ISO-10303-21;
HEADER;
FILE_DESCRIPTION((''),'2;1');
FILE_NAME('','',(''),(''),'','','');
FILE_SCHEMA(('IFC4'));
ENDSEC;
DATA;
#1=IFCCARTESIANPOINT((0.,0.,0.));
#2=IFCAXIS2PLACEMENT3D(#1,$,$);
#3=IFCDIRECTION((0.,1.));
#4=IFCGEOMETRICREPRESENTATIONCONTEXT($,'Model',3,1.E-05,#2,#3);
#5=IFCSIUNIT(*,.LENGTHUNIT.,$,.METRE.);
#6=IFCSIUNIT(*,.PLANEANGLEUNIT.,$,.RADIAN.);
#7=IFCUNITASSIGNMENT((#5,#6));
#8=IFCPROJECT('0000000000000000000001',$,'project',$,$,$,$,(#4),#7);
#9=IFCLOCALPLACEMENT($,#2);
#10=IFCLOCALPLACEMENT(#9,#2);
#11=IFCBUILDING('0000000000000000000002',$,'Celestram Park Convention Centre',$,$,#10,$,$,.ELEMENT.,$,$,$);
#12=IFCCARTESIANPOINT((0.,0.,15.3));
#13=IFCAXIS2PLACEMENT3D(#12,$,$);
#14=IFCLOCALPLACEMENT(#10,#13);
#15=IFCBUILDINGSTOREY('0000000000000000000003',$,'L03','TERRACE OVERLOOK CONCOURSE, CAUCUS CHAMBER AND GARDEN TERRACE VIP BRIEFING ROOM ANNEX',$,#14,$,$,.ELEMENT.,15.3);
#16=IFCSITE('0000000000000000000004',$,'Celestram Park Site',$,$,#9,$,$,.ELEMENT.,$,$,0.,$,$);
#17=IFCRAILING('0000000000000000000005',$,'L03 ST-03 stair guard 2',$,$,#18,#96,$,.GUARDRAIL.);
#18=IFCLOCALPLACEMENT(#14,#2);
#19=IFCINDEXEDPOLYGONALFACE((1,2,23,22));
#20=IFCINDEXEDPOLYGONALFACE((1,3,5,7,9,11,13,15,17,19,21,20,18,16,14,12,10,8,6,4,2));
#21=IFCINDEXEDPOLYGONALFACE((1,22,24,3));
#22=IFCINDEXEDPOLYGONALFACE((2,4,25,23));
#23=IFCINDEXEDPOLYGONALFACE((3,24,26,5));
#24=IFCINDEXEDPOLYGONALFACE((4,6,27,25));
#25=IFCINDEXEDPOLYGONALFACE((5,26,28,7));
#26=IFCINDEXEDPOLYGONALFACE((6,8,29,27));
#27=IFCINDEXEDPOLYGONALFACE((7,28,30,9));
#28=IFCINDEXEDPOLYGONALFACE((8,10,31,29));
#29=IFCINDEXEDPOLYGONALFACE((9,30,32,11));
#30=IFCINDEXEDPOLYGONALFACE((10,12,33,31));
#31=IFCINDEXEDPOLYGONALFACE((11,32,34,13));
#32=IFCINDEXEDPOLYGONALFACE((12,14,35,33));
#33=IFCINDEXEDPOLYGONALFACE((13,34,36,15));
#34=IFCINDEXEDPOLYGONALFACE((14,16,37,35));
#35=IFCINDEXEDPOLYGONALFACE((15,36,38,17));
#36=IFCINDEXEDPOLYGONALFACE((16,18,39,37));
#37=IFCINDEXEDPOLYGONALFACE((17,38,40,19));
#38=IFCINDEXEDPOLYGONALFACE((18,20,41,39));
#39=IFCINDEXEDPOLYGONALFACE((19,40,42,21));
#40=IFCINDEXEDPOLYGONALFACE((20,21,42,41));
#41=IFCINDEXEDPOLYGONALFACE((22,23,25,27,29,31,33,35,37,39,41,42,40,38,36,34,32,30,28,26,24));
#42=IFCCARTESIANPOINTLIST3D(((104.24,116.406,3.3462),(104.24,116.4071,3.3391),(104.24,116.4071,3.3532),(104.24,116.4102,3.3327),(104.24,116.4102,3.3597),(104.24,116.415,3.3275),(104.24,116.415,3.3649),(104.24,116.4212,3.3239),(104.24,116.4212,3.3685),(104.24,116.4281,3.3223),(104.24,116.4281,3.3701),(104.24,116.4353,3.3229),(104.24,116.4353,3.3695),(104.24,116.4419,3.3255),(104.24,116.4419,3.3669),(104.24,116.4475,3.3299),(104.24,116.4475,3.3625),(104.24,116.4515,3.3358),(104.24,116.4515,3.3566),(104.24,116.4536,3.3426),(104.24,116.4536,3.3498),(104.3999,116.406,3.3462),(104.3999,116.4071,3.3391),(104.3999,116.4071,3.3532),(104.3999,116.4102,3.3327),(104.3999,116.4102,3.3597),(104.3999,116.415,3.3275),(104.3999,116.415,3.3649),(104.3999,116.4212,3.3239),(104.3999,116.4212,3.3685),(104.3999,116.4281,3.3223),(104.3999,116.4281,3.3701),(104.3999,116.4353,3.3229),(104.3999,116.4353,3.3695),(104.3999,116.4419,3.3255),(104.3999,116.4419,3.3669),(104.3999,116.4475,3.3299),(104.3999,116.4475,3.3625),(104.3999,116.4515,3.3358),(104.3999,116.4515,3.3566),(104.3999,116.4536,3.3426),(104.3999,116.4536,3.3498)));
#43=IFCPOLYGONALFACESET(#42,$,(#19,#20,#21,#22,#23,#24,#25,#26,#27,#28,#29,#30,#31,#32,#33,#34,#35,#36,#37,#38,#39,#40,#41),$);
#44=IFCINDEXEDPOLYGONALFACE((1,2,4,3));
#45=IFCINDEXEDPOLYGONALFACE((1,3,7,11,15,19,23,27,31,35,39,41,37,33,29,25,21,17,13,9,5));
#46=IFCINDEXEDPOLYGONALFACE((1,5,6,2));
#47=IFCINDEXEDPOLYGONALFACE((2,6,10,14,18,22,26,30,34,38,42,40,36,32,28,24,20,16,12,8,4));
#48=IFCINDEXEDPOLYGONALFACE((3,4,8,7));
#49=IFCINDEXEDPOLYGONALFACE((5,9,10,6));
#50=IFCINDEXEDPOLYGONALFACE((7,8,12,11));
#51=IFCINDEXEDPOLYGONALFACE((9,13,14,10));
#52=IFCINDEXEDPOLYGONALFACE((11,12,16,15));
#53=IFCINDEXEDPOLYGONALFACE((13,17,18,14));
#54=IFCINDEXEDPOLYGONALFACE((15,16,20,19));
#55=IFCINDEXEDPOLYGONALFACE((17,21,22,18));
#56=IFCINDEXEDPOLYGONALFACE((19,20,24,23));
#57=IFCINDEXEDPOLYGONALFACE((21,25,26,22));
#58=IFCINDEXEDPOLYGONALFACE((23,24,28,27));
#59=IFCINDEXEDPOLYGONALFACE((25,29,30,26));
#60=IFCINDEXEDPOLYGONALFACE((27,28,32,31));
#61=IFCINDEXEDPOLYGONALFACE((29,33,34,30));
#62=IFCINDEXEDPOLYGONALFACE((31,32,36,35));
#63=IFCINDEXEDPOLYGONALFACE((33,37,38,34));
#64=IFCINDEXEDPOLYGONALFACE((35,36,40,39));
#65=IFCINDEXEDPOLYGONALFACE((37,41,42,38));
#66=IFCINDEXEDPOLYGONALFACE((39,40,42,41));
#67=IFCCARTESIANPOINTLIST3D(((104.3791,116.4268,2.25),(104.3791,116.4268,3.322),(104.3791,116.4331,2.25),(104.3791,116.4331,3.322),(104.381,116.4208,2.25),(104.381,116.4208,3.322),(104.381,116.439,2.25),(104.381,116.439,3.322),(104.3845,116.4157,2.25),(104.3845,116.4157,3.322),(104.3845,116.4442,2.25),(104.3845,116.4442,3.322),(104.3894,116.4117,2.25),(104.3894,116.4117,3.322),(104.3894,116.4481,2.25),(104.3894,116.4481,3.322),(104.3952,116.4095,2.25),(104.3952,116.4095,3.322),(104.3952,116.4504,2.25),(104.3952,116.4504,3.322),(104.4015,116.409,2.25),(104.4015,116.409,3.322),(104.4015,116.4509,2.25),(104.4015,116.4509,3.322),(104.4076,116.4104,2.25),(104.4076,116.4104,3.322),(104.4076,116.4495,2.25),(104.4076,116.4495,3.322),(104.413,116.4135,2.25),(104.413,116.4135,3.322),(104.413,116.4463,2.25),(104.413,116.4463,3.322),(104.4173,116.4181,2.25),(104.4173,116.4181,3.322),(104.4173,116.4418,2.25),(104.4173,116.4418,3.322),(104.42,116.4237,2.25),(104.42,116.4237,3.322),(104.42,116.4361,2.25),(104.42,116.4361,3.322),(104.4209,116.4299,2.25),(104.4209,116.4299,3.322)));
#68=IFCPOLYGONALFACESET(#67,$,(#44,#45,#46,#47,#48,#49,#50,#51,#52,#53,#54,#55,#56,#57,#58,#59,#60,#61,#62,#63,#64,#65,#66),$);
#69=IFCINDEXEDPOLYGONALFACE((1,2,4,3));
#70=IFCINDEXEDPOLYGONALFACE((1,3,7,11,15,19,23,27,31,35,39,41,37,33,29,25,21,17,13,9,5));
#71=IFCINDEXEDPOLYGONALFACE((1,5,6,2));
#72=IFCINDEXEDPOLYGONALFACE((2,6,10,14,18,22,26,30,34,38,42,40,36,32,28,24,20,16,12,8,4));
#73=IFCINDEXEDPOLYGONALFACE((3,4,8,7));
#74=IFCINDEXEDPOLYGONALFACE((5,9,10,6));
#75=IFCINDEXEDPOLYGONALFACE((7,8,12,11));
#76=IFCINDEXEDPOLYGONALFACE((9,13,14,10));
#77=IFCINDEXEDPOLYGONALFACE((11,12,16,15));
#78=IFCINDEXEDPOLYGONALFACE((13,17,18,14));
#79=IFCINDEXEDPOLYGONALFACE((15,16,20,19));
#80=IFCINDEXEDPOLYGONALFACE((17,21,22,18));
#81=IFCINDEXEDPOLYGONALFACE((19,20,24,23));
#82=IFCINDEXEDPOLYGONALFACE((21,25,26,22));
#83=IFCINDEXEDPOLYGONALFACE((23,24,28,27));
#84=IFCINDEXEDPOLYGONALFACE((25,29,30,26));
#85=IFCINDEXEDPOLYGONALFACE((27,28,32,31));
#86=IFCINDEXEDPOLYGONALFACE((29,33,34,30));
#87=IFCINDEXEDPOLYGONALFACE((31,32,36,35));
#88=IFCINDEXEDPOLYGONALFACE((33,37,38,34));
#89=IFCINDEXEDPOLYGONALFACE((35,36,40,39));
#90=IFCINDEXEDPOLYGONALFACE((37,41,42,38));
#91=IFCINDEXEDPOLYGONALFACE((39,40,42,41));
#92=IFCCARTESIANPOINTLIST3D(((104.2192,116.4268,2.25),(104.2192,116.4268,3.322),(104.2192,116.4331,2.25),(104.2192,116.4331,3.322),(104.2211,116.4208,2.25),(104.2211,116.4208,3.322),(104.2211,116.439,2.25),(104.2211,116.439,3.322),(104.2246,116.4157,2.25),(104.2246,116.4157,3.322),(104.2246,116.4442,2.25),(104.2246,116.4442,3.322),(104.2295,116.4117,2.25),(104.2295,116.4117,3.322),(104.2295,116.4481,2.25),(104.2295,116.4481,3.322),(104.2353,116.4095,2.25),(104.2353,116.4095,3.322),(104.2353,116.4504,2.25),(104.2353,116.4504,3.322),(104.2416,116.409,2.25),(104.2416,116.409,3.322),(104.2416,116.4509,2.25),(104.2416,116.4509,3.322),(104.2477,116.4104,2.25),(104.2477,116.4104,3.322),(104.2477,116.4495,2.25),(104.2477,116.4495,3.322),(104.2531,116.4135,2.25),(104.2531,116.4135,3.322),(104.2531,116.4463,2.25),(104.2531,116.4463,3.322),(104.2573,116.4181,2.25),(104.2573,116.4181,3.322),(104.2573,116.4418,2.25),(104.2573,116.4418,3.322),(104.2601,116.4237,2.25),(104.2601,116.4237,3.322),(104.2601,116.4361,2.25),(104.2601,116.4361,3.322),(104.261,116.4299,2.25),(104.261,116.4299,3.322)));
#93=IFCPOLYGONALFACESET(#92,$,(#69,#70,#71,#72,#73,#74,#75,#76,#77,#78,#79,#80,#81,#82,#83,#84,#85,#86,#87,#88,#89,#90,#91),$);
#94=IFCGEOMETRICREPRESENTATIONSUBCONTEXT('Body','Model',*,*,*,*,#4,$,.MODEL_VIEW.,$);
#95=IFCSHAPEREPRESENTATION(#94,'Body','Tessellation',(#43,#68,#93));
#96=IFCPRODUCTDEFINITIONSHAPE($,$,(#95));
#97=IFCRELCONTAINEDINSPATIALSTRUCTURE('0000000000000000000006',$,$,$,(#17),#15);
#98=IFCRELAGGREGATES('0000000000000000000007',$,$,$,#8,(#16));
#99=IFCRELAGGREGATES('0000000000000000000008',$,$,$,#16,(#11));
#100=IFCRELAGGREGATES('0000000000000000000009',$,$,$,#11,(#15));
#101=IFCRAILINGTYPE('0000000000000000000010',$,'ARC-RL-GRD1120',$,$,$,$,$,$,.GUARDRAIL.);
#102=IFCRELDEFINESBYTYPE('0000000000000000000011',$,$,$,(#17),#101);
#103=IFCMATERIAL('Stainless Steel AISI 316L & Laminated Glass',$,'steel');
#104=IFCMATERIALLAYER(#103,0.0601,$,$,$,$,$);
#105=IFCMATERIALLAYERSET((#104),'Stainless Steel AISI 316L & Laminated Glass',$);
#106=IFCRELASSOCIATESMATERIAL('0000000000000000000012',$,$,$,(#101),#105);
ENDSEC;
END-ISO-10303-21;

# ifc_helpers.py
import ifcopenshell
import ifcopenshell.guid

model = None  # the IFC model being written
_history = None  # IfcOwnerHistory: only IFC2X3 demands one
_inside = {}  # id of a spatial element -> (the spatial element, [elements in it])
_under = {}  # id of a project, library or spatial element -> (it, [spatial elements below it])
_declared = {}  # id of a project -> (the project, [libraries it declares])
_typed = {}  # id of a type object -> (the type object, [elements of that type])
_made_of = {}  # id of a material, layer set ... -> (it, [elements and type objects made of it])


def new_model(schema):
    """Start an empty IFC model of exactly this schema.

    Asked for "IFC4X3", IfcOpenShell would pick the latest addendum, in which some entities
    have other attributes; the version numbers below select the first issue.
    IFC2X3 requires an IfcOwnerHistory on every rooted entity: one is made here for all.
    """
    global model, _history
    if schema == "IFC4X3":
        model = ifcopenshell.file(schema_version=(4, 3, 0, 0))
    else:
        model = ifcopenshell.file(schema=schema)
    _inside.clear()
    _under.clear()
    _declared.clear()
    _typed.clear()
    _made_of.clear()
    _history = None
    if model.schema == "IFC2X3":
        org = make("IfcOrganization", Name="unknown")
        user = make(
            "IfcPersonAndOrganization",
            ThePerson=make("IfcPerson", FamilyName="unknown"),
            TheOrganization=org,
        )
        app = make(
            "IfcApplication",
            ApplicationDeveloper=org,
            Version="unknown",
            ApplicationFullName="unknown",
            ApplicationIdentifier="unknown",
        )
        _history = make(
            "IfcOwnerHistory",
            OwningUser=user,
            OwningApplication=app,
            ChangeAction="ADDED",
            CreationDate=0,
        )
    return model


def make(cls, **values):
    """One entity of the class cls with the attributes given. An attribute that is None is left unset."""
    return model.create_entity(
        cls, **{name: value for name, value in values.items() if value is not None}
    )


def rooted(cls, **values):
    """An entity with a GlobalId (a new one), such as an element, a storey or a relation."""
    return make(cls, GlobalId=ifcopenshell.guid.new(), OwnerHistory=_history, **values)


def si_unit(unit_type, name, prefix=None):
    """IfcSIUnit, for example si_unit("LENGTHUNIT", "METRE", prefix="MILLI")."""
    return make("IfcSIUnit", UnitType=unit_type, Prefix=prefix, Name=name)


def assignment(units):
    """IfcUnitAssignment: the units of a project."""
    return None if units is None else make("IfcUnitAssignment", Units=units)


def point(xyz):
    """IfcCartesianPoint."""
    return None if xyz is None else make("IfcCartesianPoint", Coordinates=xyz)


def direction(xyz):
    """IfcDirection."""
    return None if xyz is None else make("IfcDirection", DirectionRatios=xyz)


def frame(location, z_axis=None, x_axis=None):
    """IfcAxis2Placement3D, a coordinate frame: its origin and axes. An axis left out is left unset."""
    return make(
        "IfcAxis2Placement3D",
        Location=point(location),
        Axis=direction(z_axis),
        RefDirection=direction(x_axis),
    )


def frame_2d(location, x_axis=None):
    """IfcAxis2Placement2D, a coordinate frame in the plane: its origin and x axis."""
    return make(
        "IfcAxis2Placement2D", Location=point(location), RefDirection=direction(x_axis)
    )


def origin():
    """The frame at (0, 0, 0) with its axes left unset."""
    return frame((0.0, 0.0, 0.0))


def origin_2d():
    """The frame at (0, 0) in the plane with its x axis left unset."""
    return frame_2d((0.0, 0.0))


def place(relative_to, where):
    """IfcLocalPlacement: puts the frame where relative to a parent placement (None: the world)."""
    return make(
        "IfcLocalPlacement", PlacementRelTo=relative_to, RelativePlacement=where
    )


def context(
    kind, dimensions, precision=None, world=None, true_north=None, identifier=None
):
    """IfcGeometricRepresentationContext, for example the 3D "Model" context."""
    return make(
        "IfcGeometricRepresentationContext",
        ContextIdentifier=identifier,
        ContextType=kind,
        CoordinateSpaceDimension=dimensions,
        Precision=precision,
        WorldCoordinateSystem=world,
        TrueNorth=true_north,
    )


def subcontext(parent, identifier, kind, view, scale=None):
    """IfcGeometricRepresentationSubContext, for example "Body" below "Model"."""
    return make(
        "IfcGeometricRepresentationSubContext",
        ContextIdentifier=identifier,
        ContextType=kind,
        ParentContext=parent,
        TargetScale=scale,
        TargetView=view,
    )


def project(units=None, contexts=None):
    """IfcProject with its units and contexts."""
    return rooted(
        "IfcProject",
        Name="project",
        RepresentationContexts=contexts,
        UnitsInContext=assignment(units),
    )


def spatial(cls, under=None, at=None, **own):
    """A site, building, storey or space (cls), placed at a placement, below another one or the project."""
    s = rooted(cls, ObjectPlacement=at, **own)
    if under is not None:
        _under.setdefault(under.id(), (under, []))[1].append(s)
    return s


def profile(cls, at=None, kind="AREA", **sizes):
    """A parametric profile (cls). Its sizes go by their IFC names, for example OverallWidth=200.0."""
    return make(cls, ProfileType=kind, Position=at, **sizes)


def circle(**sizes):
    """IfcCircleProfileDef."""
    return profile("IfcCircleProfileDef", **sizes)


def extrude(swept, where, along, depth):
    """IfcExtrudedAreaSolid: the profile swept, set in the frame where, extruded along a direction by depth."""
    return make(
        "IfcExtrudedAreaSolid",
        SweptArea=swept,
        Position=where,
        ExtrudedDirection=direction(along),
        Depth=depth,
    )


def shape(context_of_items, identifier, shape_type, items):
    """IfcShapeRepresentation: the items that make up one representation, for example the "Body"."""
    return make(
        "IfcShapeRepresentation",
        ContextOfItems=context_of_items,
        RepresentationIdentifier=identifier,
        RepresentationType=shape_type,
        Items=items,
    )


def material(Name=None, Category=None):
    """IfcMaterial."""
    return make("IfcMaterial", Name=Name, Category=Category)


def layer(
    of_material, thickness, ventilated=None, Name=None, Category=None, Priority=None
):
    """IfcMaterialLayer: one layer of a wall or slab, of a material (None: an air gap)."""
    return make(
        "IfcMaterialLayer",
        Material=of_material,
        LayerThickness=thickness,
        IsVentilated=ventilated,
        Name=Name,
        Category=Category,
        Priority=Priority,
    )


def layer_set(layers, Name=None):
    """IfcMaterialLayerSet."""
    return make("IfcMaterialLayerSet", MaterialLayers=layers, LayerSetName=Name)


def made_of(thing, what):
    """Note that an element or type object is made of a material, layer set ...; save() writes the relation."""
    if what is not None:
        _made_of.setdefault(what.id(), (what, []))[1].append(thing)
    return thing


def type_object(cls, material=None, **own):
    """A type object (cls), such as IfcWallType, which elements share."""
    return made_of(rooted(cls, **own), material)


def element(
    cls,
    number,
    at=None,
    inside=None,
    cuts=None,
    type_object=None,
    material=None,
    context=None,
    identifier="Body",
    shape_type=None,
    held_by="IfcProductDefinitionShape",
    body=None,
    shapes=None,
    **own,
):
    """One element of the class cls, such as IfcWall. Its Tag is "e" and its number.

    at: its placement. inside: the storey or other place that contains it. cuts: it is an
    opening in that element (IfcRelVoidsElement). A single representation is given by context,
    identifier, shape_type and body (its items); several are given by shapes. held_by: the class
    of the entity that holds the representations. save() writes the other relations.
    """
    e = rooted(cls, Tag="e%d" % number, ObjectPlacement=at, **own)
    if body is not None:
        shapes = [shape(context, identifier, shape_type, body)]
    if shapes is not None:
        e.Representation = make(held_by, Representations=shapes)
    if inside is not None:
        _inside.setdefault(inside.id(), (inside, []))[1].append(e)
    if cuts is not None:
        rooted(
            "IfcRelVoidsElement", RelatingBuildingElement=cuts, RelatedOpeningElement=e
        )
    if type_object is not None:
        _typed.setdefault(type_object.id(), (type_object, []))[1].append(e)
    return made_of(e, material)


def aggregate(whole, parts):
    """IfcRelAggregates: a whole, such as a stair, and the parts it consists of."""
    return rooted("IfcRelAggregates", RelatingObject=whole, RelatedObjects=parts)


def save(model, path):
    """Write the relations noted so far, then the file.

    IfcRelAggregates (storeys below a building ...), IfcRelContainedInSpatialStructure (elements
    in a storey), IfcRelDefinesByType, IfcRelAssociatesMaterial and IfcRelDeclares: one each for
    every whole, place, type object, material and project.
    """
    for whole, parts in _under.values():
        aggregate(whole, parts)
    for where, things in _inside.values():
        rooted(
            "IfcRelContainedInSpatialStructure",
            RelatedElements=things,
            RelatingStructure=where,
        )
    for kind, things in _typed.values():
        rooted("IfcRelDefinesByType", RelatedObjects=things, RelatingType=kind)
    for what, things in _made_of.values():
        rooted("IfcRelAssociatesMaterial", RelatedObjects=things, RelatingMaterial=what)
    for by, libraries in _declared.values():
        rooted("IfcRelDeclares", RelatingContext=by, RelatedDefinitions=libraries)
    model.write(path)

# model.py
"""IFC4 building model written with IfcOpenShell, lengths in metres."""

from ifc_helpers import new_model, si_unit, direction, frame, origin, origin_2d, place, context, subcontext, project, spatial, circle, extrude, material, layer, layer_set, type_object, element, save


model = new_model("IFC4")

# Units and contexts
model_context = context("Model", 3, precision=1e-05, world=origin(), true_north=direction((0.0, 1.0)))
body_context = subcontext(model_context, "Body", "Model", "MODEL_VIEW")
ifc_project = project(units=[si_unit("LENGTHUNIT", "METRE"), si_unit("PLANEANGLEUNIT", "RADIAN")], contexts=[model_context])

# Site, building, storey
site_placement = place(None, origin())
site = spatial("IfcSite", under=ifc_project, at=site_placement, Name="Celestram Park Site", CompositionType="ELEMENT", RefElevation=0.0)
building_placement = place(site_placement, origin())
building = spatial("IfcBuilding", under=site, at=building_placement, Name="Celestram Park Convention Centre", CompositionType="ELEMENT")
storey_placement = place(building_placement, frame((0.0, 0.0, 15.3)))
storey = spatial("IfcBuildingStorey", under=building, at=storey_placement, Name="L03", Description="TERRACE OVERLOOK CONCOURSE, CAUCUS CHAMBER AND GARDEN TERRACE VIP BRIEFING ROOM ANNEX", CompositionType="ELEMENT", Elevation=15.3)

# Railing
ifc_material_1 = material(Name="Stainless Steel AISI 316L & Laminated Glass", Category="steel")
ifc_layer_1 = layer(ifc_material_1, 0.0601)
ifc_layer_set_1 = layer_set([ifc_layer_1], Name="Stainless Steel AISI 316L & Laminated Glass")
railing_type_1 = type_object("IfcRailingType", Name="ARC-RL-GRD1120", PredefinedType="GUARDRAIL", material=ifc_layer_set_1)
railing_1_placement = place(storey_placement, frame((104.3999, 116.4299, 2.25)))
element("IfcRailing", 1, at=railing_1_placement, inside=storey, type_object=railing_type_1, Name="L03 ST-03 stair guard 2", PredefinedType="GUARDRAIL", context=body_context, shape_type="SweptSolid", body=[
    extrude(circle(Radius=0.0239, at=origin_2d()), frame((0.0, 0.0, 1.0962), z_axis=(-1.0, 0.0, 0.0), x_axis=(0.0, -1.0, 0.0)), (0.0, 0.0, 1.0), 0.1599),
    extrude(circle(Radius=0.021, at=origin_2d()), origin(), (0.0, 0.0, 1.0), 1.072),
    extrude(circle(Radius=0.021, at=origin_2d()), frame((-0.1599, 0.0, 0.0)), (0.0, 0.0, 1.0), 1.072),
])

save(model, "model.ifc")
